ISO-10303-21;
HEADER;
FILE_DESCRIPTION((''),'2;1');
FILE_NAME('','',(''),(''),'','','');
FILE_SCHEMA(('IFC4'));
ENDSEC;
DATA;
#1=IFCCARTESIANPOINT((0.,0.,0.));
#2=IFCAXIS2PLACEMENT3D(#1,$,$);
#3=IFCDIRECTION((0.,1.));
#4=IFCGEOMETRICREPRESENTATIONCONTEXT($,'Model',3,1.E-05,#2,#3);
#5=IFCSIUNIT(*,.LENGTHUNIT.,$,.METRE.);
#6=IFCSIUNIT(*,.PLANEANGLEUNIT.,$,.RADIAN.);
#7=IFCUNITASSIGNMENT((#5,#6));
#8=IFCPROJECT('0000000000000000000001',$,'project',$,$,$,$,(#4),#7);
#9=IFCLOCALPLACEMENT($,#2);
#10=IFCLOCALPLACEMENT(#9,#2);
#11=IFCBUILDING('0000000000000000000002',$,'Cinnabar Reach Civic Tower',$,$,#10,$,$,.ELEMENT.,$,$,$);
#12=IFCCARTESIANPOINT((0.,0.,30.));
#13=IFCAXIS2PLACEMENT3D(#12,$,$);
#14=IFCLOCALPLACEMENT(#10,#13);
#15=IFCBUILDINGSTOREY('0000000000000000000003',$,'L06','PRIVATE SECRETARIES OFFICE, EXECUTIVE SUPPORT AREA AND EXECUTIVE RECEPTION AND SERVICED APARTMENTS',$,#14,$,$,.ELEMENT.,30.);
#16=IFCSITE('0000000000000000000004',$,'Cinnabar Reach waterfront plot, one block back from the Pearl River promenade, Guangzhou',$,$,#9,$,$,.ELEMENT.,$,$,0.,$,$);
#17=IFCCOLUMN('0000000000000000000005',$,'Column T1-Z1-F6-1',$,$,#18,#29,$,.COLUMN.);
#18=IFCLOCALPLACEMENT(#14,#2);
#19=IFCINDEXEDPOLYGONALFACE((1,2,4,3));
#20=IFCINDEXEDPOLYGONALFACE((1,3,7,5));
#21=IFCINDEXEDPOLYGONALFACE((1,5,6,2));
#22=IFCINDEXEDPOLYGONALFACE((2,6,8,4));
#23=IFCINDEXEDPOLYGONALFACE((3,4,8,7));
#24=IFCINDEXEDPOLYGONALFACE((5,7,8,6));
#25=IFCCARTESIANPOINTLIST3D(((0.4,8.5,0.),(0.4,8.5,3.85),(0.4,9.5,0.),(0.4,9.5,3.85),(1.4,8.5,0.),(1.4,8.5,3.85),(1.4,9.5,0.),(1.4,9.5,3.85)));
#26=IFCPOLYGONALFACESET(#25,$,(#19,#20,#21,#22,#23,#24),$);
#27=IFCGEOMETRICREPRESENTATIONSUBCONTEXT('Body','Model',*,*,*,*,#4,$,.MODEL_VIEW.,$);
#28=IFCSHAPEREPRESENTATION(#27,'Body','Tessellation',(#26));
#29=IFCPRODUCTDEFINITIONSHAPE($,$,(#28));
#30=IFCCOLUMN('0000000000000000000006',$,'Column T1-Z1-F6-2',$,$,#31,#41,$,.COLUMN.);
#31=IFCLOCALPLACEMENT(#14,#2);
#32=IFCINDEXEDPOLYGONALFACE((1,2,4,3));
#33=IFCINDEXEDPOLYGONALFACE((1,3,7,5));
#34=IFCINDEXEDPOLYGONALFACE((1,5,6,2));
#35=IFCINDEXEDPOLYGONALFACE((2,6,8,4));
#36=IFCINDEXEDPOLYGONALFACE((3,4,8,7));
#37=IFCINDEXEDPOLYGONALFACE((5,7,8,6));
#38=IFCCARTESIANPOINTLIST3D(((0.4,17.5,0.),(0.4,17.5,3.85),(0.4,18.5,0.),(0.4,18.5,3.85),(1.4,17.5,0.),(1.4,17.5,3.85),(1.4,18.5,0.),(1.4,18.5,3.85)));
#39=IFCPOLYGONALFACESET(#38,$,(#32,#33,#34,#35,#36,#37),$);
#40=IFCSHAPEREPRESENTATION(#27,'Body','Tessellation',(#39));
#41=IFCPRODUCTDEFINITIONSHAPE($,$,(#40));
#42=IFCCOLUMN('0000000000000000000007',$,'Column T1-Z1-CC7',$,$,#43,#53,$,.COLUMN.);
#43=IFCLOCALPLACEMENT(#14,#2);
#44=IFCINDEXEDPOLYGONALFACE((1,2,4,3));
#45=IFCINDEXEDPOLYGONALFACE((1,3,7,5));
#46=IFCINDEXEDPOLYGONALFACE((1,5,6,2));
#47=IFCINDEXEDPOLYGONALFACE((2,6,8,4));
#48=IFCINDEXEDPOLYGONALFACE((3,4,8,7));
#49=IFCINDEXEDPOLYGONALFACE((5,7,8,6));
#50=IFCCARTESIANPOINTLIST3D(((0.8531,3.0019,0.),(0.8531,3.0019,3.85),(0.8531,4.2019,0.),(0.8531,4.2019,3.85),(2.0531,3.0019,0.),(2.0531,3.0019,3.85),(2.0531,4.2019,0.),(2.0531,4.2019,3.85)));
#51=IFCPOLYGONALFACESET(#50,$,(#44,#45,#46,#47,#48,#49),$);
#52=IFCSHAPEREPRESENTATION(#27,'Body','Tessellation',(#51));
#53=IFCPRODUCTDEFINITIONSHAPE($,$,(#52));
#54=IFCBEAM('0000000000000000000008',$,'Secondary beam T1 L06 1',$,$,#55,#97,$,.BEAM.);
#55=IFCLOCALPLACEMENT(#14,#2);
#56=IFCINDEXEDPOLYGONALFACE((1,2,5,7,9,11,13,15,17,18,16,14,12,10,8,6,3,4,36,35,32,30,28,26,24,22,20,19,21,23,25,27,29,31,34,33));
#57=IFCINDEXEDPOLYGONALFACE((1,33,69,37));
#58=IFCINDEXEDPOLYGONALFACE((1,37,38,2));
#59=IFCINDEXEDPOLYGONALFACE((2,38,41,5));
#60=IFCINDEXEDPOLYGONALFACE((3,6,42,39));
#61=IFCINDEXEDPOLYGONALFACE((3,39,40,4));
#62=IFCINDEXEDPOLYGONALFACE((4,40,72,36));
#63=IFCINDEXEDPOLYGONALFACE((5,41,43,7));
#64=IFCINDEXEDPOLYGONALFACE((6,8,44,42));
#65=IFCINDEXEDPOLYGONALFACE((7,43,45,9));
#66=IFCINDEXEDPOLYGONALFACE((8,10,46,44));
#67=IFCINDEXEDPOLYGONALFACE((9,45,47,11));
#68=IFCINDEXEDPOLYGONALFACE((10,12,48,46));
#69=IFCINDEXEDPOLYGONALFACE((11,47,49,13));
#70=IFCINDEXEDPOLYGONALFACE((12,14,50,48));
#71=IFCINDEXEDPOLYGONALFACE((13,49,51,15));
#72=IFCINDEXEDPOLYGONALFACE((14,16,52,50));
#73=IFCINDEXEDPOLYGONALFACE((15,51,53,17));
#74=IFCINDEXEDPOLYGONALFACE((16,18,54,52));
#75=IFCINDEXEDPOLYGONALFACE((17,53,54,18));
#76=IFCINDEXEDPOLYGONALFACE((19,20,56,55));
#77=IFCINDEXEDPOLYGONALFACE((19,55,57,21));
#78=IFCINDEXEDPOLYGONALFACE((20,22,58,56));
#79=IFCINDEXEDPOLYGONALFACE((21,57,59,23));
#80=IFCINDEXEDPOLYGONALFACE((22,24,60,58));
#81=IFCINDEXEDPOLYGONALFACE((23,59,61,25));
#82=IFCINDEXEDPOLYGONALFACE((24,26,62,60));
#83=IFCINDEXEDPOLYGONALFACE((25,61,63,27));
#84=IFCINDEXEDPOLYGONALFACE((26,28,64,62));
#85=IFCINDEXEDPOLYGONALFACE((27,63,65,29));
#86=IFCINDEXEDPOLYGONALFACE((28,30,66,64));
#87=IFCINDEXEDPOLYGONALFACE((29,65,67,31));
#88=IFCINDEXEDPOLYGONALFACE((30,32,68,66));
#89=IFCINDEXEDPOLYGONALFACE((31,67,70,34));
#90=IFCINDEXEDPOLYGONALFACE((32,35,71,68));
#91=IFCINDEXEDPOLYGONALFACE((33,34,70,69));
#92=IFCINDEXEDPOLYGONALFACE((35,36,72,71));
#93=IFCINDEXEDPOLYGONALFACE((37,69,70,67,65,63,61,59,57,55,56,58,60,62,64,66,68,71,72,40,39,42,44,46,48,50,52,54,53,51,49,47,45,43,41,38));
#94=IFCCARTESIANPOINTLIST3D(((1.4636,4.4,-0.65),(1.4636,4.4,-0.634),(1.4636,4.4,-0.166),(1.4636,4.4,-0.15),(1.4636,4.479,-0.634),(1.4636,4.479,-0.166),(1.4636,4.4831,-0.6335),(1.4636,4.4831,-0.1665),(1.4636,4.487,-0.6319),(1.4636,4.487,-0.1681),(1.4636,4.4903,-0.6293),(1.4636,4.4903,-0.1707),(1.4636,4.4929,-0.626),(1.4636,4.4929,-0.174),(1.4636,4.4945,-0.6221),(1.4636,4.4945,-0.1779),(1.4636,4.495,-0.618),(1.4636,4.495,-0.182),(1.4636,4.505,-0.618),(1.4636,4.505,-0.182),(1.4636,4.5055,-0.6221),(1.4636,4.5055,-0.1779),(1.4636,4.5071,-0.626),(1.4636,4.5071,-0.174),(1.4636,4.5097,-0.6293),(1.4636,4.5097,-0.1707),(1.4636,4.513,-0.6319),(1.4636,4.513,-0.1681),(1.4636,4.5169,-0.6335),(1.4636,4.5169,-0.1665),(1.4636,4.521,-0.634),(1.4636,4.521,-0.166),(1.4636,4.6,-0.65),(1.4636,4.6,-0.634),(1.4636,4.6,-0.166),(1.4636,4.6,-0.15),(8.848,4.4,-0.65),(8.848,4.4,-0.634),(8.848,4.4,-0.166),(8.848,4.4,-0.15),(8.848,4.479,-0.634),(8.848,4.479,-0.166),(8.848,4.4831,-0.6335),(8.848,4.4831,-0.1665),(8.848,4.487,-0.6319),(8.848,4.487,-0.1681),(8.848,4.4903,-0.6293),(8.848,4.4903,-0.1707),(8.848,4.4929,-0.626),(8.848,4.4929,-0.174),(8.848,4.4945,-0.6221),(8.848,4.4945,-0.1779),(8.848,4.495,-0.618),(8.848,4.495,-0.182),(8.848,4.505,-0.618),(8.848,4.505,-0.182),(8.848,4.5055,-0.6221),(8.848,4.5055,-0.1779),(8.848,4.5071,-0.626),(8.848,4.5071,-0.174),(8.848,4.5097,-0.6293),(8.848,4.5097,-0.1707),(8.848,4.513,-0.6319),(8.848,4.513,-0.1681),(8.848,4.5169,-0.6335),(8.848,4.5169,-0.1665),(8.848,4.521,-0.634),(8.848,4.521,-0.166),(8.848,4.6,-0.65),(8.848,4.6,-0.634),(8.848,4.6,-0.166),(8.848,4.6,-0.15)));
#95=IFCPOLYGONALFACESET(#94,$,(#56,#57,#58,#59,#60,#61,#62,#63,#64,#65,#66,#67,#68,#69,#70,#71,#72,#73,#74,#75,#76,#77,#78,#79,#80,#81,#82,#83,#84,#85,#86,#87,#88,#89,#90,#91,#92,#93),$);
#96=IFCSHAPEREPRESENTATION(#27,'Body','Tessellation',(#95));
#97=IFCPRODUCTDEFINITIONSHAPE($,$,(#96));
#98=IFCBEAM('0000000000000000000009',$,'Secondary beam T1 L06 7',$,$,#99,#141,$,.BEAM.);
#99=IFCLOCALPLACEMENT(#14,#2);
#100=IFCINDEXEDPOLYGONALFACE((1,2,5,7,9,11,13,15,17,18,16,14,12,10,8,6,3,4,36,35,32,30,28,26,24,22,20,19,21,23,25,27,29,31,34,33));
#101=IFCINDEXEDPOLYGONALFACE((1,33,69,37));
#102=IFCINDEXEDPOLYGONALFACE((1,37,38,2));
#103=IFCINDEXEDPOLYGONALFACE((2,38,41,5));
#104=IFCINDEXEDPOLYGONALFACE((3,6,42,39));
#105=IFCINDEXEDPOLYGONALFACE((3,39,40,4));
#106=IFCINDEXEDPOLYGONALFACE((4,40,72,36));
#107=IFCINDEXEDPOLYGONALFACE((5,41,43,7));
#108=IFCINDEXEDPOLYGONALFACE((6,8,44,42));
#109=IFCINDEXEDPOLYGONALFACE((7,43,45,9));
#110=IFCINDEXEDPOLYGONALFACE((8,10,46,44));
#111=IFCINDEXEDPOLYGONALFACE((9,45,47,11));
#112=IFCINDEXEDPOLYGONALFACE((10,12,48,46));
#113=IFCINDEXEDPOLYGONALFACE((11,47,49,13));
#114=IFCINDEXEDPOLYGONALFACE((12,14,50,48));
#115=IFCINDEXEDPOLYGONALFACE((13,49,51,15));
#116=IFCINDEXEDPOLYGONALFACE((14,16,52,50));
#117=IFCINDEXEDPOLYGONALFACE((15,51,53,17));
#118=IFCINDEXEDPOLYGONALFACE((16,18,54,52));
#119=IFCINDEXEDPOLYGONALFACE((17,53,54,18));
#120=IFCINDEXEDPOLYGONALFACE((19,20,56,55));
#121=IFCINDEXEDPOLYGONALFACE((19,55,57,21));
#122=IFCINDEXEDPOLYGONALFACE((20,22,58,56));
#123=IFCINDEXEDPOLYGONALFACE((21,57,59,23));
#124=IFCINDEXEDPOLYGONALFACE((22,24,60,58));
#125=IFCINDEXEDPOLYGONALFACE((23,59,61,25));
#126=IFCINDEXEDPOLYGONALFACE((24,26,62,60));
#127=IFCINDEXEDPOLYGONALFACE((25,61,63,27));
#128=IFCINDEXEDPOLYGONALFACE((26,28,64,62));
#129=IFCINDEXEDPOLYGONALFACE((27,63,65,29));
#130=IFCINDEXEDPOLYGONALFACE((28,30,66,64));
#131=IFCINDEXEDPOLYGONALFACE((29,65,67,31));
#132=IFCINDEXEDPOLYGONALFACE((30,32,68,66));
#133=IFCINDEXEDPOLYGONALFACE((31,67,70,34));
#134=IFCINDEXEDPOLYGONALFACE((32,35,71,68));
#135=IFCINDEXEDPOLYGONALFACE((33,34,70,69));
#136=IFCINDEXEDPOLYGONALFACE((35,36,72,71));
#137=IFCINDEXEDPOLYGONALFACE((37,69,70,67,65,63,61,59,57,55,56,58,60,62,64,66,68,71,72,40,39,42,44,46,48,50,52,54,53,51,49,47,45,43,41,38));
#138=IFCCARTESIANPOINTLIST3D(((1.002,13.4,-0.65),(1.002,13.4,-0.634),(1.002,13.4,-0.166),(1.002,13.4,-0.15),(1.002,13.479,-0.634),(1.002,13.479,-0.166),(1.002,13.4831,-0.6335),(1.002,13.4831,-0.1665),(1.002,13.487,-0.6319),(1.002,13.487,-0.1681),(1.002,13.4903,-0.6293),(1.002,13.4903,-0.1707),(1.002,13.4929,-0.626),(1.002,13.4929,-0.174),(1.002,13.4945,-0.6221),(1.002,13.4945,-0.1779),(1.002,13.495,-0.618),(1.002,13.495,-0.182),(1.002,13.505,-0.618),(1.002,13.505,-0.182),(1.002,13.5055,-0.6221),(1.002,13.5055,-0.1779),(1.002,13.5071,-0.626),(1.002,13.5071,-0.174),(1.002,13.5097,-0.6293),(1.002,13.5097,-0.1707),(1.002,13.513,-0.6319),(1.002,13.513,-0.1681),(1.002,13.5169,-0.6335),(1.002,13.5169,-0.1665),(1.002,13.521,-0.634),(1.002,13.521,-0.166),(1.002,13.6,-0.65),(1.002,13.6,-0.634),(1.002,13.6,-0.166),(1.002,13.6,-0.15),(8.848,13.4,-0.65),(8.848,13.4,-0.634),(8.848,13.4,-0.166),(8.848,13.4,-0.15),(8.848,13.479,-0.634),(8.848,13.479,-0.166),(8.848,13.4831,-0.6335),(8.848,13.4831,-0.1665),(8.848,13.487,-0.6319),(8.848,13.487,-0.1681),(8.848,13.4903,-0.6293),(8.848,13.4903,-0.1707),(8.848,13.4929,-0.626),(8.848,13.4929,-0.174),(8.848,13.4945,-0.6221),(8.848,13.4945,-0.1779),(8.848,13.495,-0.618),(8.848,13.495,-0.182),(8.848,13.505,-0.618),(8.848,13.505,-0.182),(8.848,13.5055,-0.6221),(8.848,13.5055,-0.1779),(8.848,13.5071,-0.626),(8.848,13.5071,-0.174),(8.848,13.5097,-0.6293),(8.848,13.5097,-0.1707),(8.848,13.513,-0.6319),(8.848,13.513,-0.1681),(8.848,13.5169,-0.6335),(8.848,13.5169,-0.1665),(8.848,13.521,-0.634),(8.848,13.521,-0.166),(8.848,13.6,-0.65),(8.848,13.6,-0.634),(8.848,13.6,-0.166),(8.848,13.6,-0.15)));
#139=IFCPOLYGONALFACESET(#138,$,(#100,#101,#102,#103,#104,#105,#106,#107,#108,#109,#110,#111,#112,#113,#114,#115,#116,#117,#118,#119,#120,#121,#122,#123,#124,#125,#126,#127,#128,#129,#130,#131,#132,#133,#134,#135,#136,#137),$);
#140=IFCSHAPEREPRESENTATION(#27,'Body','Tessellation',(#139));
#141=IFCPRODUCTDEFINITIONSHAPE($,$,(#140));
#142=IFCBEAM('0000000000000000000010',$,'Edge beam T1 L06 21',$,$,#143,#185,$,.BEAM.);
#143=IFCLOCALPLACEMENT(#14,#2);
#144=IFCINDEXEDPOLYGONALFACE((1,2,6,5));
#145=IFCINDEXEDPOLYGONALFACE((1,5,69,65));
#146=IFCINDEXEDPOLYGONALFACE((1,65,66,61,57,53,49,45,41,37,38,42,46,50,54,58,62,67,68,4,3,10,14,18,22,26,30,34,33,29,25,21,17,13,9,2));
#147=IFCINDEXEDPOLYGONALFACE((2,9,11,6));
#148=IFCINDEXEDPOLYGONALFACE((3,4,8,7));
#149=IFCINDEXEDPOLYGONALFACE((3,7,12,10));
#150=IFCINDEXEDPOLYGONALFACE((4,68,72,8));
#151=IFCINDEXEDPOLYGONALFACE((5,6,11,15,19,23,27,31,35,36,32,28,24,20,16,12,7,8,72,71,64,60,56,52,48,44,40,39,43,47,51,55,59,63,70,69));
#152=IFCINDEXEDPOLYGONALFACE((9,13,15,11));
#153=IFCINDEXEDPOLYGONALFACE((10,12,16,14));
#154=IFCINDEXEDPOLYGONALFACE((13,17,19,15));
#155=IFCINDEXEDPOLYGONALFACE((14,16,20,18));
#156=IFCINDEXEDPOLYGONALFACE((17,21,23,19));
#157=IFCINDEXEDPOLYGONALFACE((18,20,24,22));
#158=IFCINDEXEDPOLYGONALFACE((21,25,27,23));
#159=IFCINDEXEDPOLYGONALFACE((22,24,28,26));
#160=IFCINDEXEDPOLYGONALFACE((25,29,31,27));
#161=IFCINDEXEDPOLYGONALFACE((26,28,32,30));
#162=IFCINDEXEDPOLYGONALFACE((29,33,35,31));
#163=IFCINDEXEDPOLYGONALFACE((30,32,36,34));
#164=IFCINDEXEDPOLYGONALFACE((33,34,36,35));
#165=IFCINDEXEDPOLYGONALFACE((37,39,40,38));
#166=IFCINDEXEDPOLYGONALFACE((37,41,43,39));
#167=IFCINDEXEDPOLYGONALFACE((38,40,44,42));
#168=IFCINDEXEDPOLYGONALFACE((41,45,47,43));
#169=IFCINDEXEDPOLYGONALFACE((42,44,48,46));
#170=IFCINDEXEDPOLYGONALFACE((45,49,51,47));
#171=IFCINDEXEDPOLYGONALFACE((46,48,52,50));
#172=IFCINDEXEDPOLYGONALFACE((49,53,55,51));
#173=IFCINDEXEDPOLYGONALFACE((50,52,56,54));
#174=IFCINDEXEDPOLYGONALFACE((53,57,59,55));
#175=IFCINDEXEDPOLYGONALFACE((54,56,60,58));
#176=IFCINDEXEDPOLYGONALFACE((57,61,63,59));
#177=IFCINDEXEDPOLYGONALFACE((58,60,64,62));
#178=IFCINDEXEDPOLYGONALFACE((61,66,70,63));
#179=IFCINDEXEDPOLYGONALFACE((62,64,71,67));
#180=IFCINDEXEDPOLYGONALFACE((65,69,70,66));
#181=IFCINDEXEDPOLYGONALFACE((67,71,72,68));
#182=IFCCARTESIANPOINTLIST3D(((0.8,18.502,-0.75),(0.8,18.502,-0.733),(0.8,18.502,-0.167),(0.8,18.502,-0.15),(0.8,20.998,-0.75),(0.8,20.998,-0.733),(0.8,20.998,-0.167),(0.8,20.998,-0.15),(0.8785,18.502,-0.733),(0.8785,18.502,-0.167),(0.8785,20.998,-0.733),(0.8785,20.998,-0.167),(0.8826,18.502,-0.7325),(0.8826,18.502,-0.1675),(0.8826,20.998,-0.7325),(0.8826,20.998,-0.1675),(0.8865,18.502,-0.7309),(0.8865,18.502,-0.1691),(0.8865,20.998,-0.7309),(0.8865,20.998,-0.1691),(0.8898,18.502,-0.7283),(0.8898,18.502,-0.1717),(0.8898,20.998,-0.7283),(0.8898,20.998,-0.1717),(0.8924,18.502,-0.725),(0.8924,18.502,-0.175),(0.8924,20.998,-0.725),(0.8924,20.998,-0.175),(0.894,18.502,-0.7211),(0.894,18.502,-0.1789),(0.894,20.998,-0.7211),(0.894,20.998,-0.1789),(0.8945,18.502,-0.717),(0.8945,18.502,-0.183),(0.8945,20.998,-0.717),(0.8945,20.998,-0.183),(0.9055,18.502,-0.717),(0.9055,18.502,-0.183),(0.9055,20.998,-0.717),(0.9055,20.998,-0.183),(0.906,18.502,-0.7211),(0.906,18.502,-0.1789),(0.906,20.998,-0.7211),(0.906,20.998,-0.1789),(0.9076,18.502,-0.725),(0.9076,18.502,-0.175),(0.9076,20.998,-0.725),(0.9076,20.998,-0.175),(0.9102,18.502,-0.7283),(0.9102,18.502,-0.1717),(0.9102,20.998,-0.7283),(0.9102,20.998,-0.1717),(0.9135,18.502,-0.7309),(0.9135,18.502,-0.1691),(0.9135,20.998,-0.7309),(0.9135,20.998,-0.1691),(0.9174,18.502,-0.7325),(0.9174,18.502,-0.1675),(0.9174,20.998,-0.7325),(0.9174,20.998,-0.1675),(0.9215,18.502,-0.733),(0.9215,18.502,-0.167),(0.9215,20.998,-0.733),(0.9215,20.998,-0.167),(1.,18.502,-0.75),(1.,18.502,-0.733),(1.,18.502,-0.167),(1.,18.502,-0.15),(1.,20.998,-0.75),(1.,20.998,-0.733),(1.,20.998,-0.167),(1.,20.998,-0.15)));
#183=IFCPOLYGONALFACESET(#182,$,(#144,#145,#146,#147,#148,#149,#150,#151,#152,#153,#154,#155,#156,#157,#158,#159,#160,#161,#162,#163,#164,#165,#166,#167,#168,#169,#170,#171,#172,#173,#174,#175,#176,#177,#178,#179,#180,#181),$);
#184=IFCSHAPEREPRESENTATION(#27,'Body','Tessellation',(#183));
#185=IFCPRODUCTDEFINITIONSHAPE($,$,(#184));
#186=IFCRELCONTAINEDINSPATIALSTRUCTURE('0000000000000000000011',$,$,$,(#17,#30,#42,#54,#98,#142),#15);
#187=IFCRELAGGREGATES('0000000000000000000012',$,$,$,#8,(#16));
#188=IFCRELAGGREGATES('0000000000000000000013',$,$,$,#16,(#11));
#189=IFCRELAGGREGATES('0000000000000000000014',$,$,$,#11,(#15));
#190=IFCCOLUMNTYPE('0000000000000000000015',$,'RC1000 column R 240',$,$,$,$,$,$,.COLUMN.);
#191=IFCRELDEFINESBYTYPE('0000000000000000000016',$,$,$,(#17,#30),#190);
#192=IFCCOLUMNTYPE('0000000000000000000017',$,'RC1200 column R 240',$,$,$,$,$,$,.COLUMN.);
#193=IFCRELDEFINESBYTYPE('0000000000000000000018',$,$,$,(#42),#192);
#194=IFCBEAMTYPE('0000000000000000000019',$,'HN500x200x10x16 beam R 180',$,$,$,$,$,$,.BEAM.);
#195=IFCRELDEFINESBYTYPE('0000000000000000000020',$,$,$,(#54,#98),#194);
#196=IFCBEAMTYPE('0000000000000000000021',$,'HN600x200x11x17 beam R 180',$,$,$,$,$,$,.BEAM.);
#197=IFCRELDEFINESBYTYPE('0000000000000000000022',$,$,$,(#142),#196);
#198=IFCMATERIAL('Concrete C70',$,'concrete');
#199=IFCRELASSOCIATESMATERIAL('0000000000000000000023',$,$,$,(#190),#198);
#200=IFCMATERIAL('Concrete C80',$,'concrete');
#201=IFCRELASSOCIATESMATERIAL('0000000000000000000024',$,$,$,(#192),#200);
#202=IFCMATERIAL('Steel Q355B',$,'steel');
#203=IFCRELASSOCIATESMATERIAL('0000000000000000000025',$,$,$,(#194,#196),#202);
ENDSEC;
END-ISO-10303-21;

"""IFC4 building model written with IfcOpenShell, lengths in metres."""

from ifc_helpers import new_model, si_unit, direction, frame, origin, origin_2d, place, context, subcontext, project, spatial, rectangle, i_section, extrude, material, material_profile, profile_set, type_object, element, save


model = new_model("IFC4")

# Units and contexts
model_context = context("Model", 3, precision=1e-05, world=origin(), true_north=direction((0.0, 1.0)))
body_context = subcontext(model_context, "Body", "Model", "MODEL_VIEW")
ifc_project = project(units=[si_unit("LENGTHUNIT", "METRE"), si_unit("PLANEANGLEUNIT", "RADIAN")], contexts=[model_context])

# Site, building, storey
site_placement = place(None, origin())
site = spatial("IfcSite", under=ifc_project, at=site_placement, Name="Cinnabar Reach waterfront plot, one block back from the Pearl River promenade, Guangzhou", CompositionType="ELEMENT", RefElevation=0.0)
building_placement = place(site_placement, origin())
building = spatial("IfcBuilding", under=site, at=building_placement, Name="Cinnabar Reach Civic Tower", CompositionType="ELEMENT")
storey_placement = place(building_placement, frame((0.0, 0.0, 30.0)))
storey = spatial("IfcBuildingStorey", under=building, at=storey_placement, Name="L06", Description="PRIVATE SECRETARIES OFFICE, EXECUTIVE SUPPORT AREA AND EXECUTIVE RECEPTION AND SERVICED APARTMENTS", CompositionType="ELEMENT", Elevation=30.0)

# Columns
ifc_material_1 = material(Name="Concrete C70", Category="concrete")
ifc_material_profile_1 = material_profile(ifc_material_1, rectangle(XDim=1.0, YDim=1.0, at=origin_2d()), Name="RC1000")
ifc_profile_set_1 = profile_set([ifc_material_profile_1], Name="Concrete C70")
column_type_1 = type_object("IfcColumnType", Name="RC1000 column R 240", PredefinedType="COLUMN", material=ifc_profile_set_1)
for number, where, z_axis, x_axis, name in (
    (1, (0.9, 9.0, 0.0), (0.0, 0.0, 1.0), (1.0, 0.0, 0.0), "Column T1-Z1-F6-1"),
    (2, (0.9, 18.0, 0.0), (0.0, 0.0, 1.0), (1.0, 0.0, 0.0), "Column T1-Z1-F6-2"),
):
    element("IfcColumn", number, at=place(storey_placement, frame(where, z_axis=z_axis, x_axis=x_axis)), inside=storey, type_object=column_type_1, Name=name, PredefinedType="COLUMN", context=body_context, shape_type="SweptSolid", body=[
        extrude(rectangle(XDim=1.0, YDim=1.0, at=origin_2d()), origin(), (0.0, 0.0, 1.0), 3.85),
    ])
ifc_material_2 = material(Name="Concrete C80", Category="concrete")
ifc_material_profile_2 = material_profile(ifc_material_2, rectangle(XDim=1.2, YDim=1.2, at=origin_2d()), Name="RC1200")
ifc_profile_set_2 = profile_set([ifc_material_profile_2], Name="Concrete C80")
column_type_2 = type_object("IfcColumnType", Name="RC1200 column R 240", PredefinedType="COLUMN", material=ifc_profile_set_2)
column_placement = place(storey_placement, frame((1.4531, 3.6019, 0.0), z_axis=(0.0, 0.0, 1.0), x_axis=(1.0, 0.0, 0.0)))
element("IfcColumn", 3, at=column_placement, inside=storey, type_object=column_type_2, Name="Column T1-Z1-CC7", PredefinedType="COLUMN", context=body_context, shape_type="SweptSolid", body=[
    extrude(rectangle(XDim=1.2, YDim=1.2, at=origin_2d()), origin(), (0.0, 0.0, 1.0), 3.85),
])

# Beams
ifc_material_3 = material(Name="Steel Q355B", Category="steel")
ifc_material_profile_3 = material_profile(ifc_material_3, i_section(OverallWidth=0.2, OverallDepth=0.5, WebThickness=0.01, FlangeThickness=0.016, FilletRadius=0.016, at=origin_2d()), Name="HN500x200x10x16")
ifc_profile_set_3 = profile_set([ifc_material_profile_3], Name="Steel Q355B")
beam_type_1 = type_object("IfcBeamType", Name="HN500x200x10x16 beam R 180", PredefinedType="BEAM", material=ifc_profile_set_3)
beam_1_placement = place(storey_placement, frame((1.4636, 4.5, -0.4), z_axis=(1.0, 0.0, 0.0), x_axis=(0.0, 1.0, 0.0)))
element("IfcBeam", 4, at=beam_1_placement, inside=storey, type_object=beam_type_1, Name="Secondary beam T1 L06 1", PredefinedType="BEAM", context=body_context, shape_type="SweptSolid", body=[
    extrude(i_section(OverallWidth=0.2, OverallDepth=0.5, WebThickness=0.01, FlangeThickness=0.016, FilletRadius=0.016, at=origin_2d()), origin(), (0.0, 0.0, 1.0), 7.3844),
])
beam_2_placement = place(storey_placement, frame((1.002, 13.5, -0.4), z_axis=(1.0, 0.0, 0.0), x_axis=(0.0, 1.0, 0.0)))
element("IfcBeam", 5, at=beam_2_placement, inside=storey, type_object=beam_type_1, Name="Secondary beam T1 L06 7", PredefinedType="BEAM", context=body_context, shape_type="SweptSolid", body=[
    extrude(i_section(OverallWidth=0.2, OverallDepth=0.5, WebThickness=0.01, FlangeThickness=0.016, FilletRadius=0.016, at=origin_2d()), origin(), (0.0, 0.0, 1.0), 7.846),
])
ifc_material_profile_4 = material_profile(ifc_material_3, i_section(OverallWidth=0.2, OverallDepth=0.6, WebThickness=0.011, FlangeThickness=0.017, FilletRadius=0.016, at=origin_2d()), Name="HN600x200x11x17")
ifc_profile_set_4 = profile_set([ifc_material_profile_4], Name="Steel Q355B")
beam_type_2 = type_object("IfcBeamType", Name="HN600x200x11x17 beam R 180", PredefinedType="BEAM", material=ifc_profile_set_4)
beam_3_placement = place(storey_placement, frame((0.9, 20.998, -0.45), z_axis=(0.0, -1.0, 0.0), x_axis=(1.0, 0.0, 0.0)))
element("IfcBeam", 6, at=beam_3_placement, inside=storey, type_object=beam_type_2, Name="Edge beam T1 L06 21", PredefinedType="BEAM", context=body_context, shape_type="SweptSolid", body=[
    extrude(i_section(OverallWidth=0.2, OverallDepth=0.6, WebThickness=0.011, FlangeThickness=0.017, FilletRadius=0.016, at=origin_2d()), origin(), (0.0, 0.0, 1.0), 2.496),
])

save(model, "model.ifc")
